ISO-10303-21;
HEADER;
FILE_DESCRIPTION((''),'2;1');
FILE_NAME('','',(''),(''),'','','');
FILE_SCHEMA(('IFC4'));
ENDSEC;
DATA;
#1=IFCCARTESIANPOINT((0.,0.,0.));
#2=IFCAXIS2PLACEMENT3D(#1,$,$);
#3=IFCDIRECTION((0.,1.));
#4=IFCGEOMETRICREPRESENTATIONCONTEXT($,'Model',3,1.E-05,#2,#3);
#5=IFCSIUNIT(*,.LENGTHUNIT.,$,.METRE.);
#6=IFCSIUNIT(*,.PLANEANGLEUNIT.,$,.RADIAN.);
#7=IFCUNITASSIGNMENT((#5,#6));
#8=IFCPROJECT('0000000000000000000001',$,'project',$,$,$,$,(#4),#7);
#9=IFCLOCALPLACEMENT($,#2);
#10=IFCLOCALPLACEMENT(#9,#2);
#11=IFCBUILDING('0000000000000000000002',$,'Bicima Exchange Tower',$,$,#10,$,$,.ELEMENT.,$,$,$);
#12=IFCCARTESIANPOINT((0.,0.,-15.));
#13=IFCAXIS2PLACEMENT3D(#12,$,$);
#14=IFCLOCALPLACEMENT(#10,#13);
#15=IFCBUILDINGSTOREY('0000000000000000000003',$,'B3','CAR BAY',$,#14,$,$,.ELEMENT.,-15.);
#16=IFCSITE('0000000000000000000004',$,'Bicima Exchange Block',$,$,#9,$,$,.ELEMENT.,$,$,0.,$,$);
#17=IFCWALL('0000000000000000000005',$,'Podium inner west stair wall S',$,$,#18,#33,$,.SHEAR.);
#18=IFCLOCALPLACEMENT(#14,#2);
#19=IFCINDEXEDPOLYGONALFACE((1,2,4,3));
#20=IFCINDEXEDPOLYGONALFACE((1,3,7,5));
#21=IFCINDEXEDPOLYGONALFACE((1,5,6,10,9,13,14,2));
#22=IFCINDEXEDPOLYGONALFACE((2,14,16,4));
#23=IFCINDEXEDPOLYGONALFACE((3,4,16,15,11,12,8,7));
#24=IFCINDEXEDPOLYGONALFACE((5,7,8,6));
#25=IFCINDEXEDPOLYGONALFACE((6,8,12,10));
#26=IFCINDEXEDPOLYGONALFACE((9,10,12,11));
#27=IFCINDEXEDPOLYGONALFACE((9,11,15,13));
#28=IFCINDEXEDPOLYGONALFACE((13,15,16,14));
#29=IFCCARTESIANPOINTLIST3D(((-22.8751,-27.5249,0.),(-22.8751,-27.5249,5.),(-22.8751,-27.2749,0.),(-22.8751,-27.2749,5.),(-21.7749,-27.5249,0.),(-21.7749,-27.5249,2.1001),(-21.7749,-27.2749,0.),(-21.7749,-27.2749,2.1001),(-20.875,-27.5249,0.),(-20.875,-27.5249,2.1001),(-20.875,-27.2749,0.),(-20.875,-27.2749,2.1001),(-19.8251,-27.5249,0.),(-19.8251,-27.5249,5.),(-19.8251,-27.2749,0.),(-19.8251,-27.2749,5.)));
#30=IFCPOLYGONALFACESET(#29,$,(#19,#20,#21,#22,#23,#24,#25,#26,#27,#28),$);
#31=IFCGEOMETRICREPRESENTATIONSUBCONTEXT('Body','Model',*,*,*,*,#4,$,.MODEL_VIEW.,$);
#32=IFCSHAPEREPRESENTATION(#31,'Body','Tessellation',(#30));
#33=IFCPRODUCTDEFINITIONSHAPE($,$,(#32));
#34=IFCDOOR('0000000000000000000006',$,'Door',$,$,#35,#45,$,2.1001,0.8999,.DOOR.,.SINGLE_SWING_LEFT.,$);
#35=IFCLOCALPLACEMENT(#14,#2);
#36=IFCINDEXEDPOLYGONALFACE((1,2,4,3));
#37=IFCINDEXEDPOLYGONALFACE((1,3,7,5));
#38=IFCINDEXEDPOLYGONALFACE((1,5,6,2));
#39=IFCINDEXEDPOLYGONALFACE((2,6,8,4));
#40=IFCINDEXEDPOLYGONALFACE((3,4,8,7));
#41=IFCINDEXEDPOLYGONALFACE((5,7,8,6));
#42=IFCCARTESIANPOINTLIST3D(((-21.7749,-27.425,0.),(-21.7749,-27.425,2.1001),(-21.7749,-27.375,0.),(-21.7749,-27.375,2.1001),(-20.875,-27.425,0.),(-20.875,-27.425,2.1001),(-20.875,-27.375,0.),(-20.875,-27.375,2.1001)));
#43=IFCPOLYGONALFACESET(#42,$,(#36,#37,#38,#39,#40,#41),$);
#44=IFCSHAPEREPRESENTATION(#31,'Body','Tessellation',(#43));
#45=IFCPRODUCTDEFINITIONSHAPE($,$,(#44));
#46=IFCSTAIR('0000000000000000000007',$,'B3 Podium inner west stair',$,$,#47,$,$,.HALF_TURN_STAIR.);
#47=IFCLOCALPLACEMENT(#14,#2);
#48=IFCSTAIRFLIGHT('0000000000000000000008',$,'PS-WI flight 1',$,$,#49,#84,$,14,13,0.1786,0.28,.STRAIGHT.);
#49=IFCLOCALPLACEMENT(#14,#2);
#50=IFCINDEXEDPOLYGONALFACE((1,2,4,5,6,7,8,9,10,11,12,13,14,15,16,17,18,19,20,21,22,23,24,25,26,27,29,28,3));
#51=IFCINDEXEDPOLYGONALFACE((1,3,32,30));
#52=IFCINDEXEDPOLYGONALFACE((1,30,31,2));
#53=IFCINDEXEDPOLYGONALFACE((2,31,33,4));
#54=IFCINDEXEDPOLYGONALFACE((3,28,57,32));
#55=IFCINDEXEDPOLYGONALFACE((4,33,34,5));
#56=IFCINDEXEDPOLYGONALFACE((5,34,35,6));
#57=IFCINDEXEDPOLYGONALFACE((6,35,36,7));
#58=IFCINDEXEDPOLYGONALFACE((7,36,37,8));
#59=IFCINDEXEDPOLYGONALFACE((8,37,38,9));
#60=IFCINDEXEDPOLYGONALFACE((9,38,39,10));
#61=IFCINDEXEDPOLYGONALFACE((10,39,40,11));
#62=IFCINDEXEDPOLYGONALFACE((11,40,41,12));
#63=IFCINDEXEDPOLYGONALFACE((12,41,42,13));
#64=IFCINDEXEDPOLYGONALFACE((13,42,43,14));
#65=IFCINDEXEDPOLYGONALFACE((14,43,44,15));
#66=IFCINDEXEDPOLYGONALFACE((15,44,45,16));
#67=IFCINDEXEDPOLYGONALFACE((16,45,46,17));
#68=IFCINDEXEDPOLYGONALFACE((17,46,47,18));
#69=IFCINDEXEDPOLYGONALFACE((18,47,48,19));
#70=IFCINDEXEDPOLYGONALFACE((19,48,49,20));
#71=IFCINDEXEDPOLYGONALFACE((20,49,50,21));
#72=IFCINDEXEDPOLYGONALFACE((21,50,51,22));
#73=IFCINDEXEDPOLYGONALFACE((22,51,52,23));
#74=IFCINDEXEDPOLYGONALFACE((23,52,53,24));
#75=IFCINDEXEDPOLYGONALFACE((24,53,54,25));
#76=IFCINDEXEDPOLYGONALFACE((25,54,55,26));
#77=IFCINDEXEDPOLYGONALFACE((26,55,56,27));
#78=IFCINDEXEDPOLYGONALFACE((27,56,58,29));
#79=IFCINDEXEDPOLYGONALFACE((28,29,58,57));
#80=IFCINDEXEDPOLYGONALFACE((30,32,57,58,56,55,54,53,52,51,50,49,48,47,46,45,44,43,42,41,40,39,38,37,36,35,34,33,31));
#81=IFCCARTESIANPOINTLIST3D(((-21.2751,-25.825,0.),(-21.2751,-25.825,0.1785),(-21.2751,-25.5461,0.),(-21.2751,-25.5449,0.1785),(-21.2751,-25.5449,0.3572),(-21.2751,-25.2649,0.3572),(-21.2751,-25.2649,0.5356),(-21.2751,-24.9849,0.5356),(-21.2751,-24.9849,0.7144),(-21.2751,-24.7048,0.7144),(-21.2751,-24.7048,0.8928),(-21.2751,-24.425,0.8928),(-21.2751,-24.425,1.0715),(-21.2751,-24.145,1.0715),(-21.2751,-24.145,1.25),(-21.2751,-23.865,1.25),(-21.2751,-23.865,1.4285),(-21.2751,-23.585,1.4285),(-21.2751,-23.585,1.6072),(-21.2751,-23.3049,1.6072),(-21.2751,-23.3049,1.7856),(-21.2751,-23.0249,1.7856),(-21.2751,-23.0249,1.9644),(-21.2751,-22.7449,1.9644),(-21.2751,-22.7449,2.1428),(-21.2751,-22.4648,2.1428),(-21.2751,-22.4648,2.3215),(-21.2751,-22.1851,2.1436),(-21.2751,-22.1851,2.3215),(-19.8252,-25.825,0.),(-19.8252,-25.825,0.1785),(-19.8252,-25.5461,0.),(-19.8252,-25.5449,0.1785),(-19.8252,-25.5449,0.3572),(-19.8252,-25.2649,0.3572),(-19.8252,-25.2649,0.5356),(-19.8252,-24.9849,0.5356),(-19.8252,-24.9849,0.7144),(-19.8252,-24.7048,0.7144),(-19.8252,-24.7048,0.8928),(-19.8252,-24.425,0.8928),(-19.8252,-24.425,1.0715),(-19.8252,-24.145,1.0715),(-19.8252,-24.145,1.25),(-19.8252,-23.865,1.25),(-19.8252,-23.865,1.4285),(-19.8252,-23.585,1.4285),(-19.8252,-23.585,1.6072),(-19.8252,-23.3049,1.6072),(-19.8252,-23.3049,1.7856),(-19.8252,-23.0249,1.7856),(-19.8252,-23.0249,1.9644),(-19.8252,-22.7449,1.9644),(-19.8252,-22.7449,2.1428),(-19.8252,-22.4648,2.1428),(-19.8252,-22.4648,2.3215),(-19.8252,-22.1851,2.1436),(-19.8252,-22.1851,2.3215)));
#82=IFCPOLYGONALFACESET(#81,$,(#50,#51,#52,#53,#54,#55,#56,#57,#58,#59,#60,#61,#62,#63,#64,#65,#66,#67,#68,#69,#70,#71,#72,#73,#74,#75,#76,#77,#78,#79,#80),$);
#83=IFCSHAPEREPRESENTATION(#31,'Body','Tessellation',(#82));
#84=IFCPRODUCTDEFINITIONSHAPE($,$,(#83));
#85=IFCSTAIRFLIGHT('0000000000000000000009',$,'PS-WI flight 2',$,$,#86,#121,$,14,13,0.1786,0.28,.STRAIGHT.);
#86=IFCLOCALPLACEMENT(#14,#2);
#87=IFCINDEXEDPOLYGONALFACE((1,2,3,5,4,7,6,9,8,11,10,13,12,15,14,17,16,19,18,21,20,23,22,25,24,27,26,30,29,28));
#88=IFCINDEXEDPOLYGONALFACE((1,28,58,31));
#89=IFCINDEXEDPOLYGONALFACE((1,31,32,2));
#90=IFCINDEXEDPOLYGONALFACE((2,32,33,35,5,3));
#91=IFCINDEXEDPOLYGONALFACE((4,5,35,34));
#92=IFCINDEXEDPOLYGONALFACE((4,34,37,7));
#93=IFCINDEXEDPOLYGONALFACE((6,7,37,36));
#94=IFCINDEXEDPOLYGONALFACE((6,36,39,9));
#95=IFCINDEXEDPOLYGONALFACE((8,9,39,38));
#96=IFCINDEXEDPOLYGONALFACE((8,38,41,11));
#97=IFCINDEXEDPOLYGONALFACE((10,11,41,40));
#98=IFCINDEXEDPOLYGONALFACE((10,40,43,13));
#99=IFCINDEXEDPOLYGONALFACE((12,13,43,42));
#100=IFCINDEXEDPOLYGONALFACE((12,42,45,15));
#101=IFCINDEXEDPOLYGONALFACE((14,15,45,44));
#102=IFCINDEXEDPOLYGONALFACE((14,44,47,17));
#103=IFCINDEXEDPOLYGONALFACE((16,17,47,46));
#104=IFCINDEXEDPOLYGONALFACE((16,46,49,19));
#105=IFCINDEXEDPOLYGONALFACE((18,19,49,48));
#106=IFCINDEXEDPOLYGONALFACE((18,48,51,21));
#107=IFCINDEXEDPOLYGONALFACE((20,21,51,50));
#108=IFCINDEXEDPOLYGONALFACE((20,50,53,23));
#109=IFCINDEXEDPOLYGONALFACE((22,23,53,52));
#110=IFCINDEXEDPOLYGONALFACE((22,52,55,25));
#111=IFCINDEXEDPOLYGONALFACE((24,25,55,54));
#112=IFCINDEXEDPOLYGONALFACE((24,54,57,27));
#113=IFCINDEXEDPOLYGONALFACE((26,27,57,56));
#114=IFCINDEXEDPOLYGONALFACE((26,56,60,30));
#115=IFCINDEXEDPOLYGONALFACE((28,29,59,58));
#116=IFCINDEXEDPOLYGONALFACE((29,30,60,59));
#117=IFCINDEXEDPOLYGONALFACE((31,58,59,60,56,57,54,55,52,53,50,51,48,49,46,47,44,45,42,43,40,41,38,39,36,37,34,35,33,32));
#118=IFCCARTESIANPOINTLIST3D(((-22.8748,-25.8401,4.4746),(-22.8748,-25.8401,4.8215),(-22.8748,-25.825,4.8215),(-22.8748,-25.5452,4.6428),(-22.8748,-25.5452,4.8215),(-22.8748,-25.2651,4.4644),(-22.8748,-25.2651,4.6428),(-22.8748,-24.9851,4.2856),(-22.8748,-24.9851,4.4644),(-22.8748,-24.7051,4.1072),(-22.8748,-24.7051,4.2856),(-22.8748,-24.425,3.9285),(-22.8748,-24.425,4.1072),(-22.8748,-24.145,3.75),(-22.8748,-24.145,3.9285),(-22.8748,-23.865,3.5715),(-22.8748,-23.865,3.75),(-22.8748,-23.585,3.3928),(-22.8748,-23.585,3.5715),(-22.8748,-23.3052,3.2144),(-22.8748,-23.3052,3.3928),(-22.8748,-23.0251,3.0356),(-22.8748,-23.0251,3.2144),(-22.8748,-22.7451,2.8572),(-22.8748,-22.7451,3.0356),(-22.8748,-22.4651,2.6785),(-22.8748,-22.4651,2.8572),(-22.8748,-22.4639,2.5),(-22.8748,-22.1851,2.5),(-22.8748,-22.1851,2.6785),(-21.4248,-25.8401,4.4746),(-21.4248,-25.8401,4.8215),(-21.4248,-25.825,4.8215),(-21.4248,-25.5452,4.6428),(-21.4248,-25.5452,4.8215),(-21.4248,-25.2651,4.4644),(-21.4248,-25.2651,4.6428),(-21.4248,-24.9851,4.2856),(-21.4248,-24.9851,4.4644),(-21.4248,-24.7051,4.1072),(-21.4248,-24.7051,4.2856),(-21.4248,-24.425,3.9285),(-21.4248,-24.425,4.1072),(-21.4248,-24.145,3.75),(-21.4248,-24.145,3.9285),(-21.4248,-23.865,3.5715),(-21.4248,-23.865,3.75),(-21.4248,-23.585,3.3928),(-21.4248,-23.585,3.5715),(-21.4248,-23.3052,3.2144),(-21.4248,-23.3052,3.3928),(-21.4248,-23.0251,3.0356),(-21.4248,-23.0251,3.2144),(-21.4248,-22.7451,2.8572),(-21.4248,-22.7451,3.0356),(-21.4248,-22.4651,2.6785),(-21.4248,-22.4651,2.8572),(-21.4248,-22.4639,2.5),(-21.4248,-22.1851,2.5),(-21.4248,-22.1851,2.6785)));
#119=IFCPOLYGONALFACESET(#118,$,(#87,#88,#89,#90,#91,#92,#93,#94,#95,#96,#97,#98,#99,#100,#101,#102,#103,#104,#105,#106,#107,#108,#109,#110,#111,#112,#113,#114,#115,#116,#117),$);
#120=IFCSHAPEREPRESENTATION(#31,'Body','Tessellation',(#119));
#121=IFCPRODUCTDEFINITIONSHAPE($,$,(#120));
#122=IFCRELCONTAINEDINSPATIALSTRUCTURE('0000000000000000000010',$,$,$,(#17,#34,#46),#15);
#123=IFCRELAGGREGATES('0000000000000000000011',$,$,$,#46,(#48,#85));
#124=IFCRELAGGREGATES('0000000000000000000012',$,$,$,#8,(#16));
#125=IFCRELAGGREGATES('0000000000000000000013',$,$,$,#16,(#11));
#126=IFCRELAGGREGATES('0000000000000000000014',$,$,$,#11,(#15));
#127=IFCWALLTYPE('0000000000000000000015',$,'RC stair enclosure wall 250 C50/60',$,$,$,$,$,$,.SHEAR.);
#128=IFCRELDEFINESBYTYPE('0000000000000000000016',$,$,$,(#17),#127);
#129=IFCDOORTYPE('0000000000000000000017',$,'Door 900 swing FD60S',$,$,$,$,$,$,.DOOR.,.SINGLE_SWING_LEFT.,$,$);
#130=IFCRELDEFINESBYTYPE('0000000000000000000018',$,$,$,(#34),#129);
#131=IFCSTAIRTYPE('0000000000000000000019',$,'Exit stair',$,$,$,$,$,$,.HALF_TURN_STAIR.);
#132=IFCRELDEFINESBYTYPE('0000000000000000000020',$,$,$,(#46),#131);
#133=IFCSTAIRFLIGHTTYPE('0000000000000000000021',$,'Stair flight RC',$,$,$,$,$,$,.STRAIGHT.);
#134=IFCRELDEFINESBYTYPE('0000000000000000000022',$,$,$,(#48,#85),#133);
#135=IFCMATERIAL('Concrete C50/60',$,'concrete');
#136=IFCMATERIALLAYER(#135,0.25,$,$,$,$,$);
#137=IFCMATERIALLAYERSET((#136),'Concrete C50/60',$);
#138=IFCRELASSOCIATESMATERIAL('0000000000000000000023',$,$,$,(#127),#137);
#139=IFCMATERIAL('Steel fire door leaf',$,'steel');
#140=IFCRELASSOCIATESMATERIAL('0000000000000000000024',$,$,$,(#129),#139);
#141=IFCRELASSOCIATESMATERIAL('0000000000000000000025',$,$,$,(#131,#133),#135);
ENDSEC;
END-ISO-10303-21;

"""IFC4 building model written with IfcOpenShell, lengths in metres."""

from ifc_helpers import new_model, si_unit, direction, frame, frame_2d, origin, place, context, subcontext, project, spatial, polyline, rectangle, outline, extrude, material, layer, layer_set, type_object, element, fill, aggregate, save


model = new_model("IFC4")

# Units and contexts
model_context = context("Model", 3, precision=1e-05, world=origin(), true_north=direction((0.0, 1.0)))
body_context = subcontext(model_context, "Body", "Model", "MODEL_VIEW")
ifc_project = project(units=[si_unit("LENGTHUNIT", "METRE"), si_unit("PLANEANGLEUNIT", "RADIAN")], contexts=[model_context])

# Site, building, storey
site_placement = place(None, origin())
site = spatial("IfcSite", under=ifc_project, at=site_placement, Name="Bicima Exchange Block", CompositionType="ELEMENT", RefElevation=0.0)
building_placement = place(site_placement, origin())
building = spatial("IfcBuilding", under=site, at=building_placement, Name="Bicima Exchange Tower", CompositionType="ELEMENT")
storey_placement = place(building_placement, frame((0.0, 0.0, -15.0)))
storey = spatial("IfcBuildingStorey", under=building, at=storey_placement, Name="B3", Description="CAR BAY", CompositionType="ELEMENT", Elevation=-15.0)

# Shared definitions
ifc_material_1 = material(Name="Steel fire door leaf", Category="steel")

# Shared definitions
ifc_material_2 = material(Name="Concrete C50/60", Category="concrete")
ifc_layer_1 = layer(ifc_material_2, 0.25)
ifc_layer_set_1 = layer_set([ifc_layer_1], Name="Concrete C50/60")
wall_type_1 = type_object("IfcWallType", Name="RC stair enclosure wall 250 C50/60", PredefinedType="SHEAR", material=ifc_layer_set_1)

# Wall, opening, door
wall_1_placement = place(storey_placement, frame((-22.875, -27.3999, 0.0), z_axis=(0.0, 0.0, 1.0), x_axis=(1.0, 0.0, 0.0)))
wall_1 = element("IfcWall", 1, at=wall_1_placement, inside=storey, type_object=wall_type_1, Name="Podium inner west stair wall S", PredefinedType="SHEAR", context=body_context, shape_type="SweptSolid", body=[
    extrude(rectangle(XDim=3.05, YDim=0.25, at=frame_2d((1.5249, 0.0))), origin(), (0.0, 0.0, 1.0), 5.0),
])
opening_1_placement = place(wall_1_placement, frame((1.1001, 0.0, 0.0)))
opening_1 = element("IfcOpeningElement", 2, at=opening_1_placement, cuts=wall_1, PredefinedType="OPENING", context=body_context, shape_type="SweptSolid", body=[
    extrude(rectangle(XDim=0.8999, YDim=2.1001, at=frame_2d((0.45, 1.05))), frame((0.0, 0.137, 0.0), z_axis=(0.0, -1.0, 0.0), x_axis=(1.0, 0.0, 0.0)), (0.0, 0.0, 1.0), 0.2739),
])
door_type_1 = type_object("IfcDoorType", Name="Door 900 swing FD60S", OperationType="SINGLE_SWING_LEFT", PredefinedType="DOOR", material=ifc_material_1)
door_1_placement = place(opening_1_placement, origin())
door_1 = element("IfcDoor", 3, at=door_1_placement, inside=storey, type_object=door_type_1, Name="Door", OperationType="SINGLE_SWING_LEFT", OverallHeight=2.1001, OverallWidth=0.8999, PredefinedType="DOOR", context=body_context, shape_type="SweptSolid", body=[
    extrude(rectangle(XDim=0.8999, YDim=2.1001, at=frame_2d((0.45, 1.05))), frame((0.0, 0.0249, 0.0), z_axis=(0.0, -1.0, 0.0), x_axis=(1.0, 0.0, 0.0)), (0.0, 0.0, 1.0), 0.05),
])
fill(opening_1, door_1)

# Stair, stair flights
stair_type = type_object("IfcStairType", Name="Exit stair", PredefinedType="HALF_TURN_STAIR", material=ifc_material_2)
stair_placement = place(storey_placement, origin())
stair = element("IfcStair", 4, at=stair_placement, inside=storey, type_object=stair_type, Name="B3 Podium inner west stair", PredefinedType="HALF_TURN_STAIR")
stair_flight_type = type_object("IfcStairFlightType", Name="Stair flight RC", PredefinedType="STRAIGHT", material=ifc_material_2)
stair_flight_1_placement = place(storey_placement, frame((-20.55, -25.825, 0.0), z_axis=(0.0, 0.0, 1.0), x_axis=(0.0, 1.0, 0.0)))
stair_flight_1 = element("IfcStairFlight", 5, at=stair_flight_1_placement, type_object=stair_flight_type, Name="PS-WI flight 1", NumberOfRisers=14, NumberOfTreads=13, PredefinedType="STRAIGHT", RiserHeight=0.1786, TreadLength=0.28, context=body_context, shape_type="SweptSolid", body=[
    extrude(outline(polyline([(0.0, 0.0), (0.0, 0.1785), (0.28, 0.1785), (0.28, 0.3572), (0.5601, 0.3572), (0.5601, 0.5356), (0.8401, 0.5356), (0.8401, 0.7144), (1.1201, 0.7144), (1.1201, 0.8928), (1.3999, 0.8928), (1.3999, 1.0715), (1.6799, 1.0715), (1.6799, 1.25), (1.96, 1.25), (1.96, 1.4285), (2.24, 1.4285), (2.24, 1.6072), (2.52, 1.6072), (2.52, 1.7856), (2.8, 1.7856), (2.8, 1.9644), (3.0801, 1.9644), (3.0801, 2.1428), (3.3601, 2.1428), (3.3601, 2.3215), (3.6399, 2.3215), (3.6399, 2.5), (3.6399, 2.1436), (0.2788, 0.0), (0.0, 0.0)])), frame((0.0, 0.7251, 0.0), z_axis=(0.0, -1.0, 0.0), x_axis=(1.0, 0.0, 0.0)), (0.0, 0.0, 1.0), 1.45),
])
stair_flight_2_placement = place(storey_placement, frame((-22.1499, -22.1851, 2.5), z_axis=(0.0, 0.0, 1.0), x_axis=(0.0, -1.0, 0.0)))
stair_flight_2 = element("IfcStairFlight", 6, at=stair_flight_2_placement, type_object=stair_flight_type, Name="PS-WI flight 2", NumberOfRisers=14, NumberOfTreads=13, PredefinedType="STRAIGHT", RiserHeight=0.1786, TreadLength=0.28, context=body_context, shape_type="SweptSolid", body=[
    extrude(outline(polyline([(0.0, 0.0), (0.0, 0.1785), (0.28, 0.1785), (0.28, 0.3572), (0.5601, 0.3572), (0.5601, 0.5356), (0.8401, 0.5356), (0.8401, 0.7144), (1.1201, 0.7144), (1.1201, 0.8928), (1.3999, 0.8928), (1.3999, 1.0715), (1.6799, 1.0715), (1.6799, 1.25), (1.96, 1.25), (1.96, 1.4285), (2.24, 1.4285), (2.24, 1.6072), (2.52, 1.6072), (2.52, 1.7856), (2.8, 1.7856), (2.8, 1.9644), (3.0801, 1.9644), (3.0801, 2.1428), (3.3601, 2.1428), (3.3601, 2.3215), (3.6399, 2.3215), (3.655, 2.3215), (3.655, 1.9746), (0.2788, 0.0), (0.0, 0.0)])), frame((0.0, 0.7251, 0.0), z_axis=(0.0, -1.0, 0.0), x_axis=(1.0, 0.0, 0.0)), (0.0, 0.0, 1.0), 1.45),
])
aggregate(stair, [stair_flight_1, stair_flight_2])

save(model, "model.ifc")
